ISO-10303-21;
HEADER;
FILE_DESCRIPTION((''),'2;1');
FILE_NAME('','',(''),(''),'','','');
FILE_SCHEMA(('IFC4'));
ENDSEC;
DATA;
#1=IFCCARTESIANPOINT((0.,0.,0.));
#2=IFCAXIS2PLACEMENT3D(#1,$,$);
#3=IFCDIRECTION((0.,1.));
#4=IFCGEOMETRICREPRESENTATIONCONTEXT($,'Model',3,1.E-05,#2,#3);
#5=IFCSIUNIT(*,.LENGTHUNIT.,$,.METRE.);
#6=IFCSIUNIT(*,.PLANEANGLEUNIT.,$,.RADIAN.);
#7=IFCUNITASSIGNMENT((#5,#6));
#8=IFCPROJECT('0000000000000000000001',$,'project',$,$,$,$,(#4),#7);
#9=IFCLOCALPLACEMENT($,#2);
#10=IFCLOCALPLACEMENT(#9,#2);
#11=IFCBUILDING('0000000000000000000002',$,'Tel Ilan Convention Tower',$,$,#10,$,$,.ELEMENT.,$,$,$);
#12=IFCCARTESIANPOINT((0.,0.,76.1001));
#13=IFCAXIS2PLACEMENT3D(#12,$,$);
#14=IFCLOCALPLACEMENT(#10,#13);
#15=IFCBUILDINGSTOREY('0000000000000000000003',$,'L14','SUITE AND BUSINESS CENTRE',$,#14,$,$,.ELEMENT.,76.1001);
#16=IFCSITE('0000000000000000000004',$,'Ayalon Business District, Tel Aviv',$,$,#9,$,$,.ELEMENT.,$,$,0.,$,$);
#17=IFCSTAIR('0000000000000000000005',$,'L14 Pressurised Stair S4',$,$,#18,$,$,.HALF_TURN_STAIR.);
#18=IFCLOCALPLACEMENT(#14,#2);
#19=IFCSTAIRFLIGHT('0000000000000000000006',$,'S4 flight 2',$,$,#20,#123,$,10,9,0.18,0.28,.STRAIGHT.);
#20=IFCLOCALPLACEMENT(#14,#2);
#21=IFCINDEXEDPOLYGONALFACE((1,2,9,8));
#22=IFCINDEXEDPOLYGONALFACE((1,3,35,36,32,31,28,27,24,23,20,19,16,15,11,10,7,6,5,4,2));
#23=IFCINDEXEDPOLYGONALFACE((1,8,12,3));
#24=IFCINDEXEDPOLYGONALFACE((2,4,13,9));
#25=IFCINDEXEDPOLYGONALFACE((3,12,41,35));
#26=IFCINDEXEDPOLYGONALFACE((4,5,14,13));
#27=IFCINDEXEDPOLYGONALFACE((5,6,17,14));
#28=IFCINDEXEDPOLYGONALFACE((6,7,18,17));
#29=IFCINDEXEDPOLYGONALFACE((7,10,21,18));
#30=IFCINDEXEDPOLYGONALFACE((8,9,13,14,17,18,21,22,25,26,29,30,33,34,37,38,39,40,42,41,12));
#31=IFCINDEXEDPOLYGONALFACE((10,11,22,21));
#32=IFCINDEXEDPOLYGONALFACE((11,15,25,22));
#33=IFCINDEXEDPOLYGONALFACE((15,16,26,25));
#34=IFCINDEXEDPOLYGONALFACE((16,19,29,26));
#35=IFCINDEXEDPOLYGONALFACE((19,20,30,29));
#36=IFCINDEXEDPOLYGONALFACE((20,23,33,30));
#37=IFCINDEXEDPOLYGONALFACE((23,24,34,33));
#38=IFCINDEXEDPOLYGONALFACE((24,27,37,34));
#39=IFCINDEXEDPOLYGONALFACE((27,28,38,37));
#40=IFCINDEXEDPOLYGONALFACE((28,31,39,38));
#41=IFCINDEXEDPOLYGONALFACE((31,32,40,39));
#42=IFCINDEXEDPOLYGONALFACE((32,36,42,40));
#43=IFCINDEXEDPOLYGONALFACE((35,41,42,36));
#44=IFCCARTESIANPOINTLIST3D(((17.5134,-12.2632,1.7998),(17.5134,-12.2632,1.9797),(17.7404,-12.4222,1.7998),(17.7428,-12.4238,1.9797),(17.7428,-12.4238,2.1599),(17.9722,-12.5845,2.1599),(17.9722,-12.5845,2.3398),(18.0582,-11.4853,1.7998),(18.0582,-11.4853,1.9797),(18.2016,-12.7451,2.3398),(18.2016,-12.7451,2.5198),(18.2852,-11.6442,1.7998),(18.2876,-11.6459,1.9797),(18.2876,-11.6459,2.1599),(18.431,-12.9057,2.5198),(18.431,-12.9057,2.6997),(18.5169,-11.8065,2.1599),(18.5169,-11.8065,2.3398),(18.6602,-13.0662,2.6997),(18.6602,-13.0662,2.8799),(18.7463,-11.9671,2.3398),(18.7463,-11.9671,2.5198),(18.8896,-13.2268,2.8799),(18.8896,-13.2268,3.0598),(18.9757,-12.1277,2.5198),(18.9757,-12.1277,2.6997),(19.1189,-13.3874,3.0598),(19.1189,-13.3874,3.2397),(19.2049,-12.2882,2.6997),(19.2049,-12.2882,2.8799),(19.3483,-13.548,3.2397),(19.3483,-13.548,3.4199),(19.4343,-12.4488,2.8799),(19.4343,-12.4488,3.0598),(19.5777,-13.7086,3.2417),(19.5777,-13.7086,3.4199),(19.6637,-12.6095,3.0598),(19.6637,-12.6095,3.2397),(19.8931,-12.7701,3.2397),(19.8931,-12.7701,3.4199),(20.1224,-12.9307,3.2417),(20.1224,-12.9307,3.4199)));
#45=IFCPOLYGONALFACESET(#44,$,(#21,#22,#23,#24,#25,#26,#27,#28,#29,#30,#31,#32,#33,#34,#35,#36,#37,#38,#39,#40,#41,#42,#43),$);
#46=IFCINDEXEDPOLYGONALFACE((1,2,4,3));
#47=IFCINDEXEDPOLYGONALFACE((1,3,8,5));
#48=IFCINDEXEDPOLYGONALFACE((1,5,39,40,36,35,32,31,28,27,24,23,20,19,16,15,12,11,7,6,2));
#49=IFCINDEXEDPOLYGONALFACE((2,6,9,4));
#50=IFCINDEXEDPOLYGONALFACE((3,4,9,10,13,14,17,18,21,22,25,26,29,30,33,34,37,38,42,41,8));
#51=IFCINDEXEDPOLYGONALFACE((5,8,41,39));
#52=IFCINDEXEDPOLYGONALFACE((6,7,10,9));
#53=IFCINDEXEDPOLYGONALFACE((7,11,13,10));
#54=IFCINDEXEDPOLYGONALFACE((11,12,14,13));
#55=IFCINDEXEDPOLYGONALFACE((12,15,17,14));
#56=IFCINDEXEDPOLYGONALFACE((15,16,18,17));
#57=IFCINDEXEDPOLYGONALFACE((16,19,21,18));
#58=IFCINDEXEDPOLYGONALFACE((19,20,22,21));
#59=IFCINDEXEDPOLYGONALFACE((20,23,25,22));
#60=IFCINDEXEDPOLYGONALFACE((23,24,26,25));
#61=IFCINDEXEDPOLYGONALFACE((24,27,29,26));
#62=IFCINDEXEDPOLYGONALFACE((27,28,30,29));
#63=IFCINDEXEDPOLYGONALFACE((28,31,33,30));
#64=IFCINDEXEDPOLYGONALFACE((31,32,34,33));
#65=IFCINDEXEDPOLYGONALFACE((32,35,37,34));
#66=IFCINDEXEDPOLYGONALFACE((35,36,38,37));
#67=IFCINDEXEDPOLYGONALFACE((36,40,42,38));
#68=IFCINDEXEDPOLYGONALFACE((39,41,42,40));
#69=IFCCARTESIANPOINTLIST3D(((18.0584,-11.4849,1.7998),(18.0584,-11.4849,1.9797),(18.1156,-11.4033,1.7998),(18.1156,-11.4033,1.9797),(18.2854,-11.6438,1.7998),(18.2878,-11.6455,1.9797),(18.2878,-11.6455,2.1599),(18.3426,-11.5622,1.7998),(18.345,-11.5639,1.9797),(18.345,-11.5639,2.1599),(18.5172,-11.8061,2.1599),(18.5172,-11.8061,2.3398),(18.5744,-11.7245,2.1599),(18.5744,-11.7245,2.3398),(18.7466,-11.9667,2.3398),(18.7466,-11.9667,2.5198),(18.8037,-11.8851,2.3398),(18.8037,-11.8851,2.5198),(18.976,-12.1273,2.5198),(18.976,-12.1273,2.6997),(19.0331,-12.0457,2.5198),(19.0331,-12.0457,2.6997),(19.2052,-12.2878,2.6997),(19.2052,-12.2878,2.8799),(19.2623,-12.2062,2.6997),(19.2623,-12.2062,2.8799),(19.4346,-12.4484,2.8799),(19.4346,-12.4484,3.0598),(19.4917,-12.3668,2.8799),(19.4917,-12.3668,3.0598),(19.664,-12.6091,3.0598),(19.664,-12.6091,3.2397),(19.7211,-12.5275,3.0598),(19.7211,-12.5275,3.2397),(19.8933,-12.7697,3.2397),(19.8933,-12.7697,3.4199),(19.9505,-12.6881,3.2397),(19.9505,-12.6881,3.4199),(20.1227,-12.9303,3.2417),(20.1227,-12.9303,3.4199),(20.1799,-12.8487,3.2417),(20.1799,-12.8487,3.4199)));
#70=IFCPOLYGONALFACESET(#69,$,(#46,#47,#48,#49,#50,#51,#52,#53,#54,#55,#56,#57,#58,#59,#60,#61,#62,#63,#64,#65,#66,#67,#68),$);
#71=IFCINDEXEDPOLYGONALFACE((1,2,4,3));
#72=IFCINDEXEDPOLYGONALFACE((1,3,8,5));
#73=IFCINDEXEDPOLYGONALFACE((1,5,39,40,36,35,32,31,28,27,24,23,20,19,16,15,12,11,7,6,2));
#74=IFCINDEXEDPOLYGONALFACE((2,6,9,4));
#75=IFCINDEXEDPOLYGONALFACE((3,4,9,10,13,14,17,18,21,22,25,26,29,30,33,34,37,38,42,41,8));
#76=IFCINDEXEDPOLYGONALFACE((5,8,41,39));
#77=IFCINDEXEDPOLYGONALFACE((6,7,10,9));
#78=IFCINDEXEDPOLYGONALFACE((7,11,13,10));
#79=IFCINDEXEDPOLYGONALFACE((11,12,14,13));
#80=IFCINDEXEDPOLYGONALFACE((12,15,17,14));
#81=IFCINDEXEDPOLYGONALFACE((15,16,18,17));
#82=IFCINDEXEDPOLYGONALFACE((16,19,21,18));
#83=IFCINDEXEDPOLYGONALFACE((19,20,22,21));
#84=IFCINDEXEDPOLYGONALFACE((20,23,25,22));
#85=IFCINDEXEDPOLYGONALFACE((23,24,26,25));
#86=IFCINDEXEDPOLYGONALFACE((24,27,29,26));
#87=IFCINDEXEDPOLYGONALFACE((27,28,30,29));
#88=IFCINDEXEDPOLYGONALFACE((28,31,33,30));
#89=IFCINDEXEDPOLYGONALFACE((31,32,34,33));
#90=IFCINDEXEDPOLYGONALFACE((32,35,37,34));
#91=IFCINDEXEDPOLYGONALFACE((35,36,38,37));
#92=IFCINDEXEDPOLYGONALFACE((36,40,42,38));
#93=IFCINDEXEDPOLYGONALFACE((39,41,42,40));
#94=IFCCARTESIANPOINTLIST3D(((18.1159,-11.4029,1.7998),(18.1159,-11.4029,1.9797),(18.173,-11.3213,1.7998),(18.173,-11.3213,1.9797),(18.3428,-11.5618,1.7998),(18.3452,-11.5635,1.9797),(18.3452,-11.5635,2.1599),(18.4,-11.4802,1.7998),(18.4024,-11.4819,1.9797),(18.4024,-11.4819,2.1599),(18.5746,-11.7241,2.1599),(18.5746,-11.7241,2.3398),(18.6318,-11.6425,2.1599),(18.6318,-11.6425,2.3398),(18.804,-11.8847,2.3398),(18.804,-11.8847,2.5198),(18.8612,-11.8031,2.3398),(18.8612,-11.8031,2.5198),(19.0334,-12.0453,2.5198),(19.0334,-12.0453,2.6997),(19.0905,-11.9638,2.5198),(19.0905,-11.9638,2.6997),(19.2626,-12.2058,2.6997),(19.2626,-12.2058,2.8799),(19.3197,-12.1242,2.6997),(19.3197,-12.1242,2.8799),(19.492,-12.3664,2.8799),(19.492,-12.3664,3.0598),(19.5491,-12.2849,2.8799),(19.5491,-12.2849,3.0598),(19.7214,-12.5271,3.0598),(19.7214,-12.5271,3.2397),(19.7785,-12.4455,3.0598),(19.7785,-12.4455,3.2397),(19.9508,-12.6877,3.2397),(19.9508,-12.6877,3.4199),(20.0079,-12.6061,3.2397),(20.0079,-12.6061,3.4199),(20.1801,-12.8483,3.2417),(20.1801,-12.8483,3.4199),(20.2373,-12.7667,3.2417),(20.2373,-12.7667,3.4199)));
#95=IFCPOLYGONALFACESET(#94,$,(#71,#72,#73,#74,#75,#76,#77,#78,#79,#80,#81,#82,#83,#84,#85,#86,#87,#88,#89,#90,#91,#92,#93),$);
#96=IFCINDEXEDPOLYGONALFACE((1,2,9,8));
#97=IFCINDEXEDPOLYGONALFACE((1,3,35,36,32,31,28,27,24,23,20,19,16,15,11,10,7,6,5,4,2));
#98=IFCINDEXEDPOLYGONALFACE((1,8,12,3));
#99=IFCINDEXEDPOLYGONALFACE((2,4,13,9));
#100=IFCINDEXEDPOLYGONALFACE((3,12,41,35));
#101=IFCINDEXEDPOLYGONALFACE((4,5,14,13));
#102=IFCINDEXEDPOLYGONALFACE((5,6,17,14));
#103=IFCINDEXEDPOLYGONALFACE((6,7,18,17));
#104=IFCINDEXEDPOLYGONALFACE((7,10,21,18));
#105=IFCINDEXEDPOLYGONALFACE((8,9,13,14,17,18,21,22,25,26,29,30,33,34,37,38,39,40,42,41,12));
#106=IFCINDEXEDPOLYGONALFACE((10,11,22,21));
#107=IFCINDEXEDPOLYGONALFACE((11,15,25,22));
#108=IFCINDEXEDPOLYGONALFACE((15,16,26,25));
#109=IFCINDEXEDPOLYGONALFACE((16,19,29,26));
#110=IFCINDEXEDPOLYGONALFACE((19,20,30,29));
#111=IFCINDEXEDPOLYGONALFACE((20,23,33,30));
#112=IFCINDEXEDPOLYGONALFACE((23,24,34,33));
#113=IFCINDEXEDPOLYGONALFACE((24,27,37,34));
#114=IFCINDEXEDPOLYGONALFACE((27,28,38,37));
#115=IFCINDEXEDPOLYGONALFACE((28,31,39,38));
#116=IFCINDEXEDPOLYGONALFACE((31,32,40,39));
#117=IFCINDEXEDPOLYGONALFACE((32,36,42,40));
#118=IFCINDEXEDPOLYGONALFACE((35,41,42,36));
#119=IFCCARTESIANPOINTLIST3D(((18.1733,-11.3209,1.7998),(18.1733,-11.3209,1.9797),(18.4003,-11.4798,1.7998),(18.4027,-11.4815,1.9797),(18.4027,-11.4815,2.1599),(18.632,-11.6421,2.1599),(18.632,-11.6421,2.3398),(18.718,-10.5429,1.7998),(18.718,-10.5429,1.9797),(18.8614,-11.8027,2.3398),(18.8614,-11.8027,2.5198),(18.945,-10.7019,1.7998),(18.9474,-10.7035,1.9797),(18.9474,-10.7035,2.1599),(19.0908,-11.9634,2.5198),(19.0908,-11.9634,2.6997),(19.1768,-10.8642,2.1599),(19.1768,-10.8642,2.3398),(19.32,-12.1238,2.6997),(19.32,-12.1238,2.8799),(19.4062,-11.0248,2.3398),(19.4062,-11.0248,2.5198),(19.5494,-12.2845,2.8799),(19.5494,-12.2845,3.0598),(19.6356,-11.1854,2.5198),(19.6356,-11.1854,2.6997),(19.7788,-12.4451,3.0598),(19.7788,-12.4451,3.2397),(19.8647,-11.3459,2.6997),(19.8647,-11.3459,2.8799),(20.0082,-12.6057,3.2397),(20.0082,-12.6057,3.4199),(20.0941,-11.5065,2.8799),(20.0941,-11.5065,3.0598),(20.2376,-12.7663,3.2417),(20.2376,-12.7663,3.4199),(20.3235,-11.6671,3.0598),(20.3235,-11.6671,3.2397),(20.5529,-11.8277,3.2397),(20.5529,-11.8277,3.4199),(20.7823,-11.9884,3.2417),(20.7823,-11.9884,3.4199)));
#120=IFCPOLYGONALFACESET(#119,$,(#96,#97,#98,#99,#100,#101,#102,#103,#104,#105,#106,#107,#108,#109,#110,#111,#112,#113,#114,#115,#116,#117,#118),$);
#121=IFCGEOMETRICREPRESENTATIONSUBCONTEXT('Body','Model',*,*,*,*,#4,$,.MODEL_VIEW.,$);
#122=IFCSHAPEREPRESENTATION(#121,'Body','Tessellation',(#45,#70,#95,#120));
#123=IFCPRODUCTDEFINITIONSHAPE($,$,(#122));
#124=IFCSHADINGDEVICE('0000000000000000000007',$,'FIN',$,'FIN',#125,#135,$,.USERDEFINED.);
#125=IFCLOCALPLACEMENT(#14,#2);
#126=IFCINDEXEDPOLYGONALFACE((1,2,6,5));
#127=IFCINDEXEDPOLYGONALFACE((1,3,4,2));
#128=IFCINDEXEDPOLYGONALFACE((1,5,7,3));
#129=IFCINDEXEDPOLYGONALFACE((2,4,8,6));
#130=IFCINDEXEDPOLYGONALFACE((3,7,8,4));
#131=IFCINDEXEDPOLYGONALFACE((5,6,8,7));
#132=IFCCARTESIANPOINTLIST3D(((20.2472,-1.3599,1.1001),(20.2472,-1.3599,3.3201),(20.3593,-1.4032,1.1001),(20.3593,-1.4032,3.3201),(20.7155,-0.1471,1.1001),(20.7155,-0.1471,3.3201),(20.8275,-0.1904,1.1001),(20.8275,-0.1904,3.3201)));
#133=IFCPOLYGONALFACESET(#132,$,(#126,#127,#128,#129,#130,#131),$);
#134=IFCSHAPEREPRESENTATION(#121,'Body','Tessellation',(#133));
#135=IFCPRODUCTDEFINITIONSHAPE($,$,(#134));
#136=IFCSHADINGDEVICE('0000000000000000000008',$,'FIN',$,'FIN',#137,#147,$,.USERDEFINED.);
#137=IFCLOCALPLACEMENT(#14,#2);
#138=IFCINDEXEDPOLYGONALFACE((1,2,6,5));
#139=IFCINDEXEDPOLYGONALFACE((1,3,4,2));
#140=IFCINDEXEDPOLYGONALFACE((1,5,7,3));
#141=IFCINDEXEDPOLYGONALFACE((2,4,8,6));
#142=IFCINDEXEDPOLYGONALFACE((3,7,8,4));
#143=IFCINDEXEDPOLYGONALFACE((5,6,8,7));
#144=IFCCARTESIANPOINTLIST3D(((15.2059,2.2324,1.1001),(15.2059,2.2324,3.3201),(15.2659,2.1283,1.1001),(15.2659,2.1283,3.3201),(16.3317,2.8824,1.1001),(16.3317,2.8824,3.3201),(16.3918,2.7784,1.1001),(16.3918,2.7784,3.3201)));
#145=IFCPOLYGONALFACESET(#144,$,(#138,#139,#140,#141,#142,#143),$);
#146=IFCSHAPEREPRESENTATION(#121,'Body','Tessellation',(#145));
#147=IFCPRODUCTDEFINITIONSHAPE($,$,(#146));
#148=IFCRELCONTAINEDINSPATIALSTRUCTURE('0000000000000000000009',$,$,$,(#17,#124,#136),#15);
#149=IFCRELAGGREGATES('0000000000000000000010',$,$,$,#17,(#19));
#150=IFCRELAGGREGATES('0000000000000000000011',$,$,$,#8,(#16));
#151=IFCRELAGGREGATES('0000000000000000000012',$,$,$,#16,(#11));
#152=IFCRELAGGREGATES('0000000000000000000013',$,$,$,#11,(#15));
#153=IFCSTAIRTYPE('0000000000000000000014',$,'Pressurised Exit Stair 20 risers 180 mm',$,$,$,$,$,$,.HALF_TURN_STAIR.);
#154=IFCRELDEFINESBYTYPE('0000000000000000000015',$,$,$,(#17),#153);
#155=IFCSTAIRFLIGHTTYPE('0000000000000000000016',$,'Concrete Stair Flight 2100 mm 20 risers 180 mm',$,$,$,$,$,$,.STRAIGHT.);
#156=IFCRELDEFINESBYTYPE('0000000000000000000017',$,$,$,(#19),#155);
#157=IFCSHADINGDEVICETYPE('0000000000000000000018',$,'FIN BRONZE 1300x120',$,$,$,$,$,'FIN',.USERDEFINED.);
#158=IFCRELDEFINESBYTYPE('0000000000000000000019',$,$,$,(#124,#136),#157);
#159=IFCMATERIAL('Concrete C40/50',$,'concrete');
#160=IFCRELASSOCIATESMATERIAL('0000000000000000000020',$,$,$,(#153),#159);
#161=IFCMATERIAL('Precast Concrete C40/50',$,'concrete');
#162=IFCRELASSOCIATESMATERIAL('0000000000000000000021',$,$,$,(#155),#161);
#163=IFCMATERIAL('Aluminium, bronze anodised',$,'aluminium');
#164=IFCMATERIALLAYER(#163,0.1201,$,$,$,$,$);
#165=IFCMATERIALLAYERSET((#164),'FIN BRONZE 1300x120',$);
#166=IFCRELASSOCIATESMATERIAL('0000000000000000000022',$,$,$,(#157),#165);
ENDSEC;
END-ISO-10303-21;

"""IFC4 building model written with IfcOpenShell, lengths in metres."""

from ifc_helpers import new_model, si_unit, direction, frame, origin, origin_2d, place, context, subcontext, project, spatial, polyline, rectangle, outline, extrude, material, layer, layer_set, type_object, element, aggregate, save


model = new_model("IFC4")

# Units and contexts
model_context = context("Model", 3, precision=1e-05, world=origin(), true_north=direction((0.0, 1.0)))
body_context = subcontext(model_context, "Body", "Model", "MODEL_VIEW")
ifc_project = project(units=[si_unit("LENGTHUNIT", "METRE"), si_unit("PLANEANGLEUNIT", "RADIAN")], contexts=[model_context])

# Site, building, storey
site_placement = place(None, origin())
site = spatial("IfcSite", under=ifc_project, at=site_placement, Name="Ayalon Business District, Tel Aviv", CompositionType="ELEMENT", RefElevation=0.0)
building_placement = place(site_placement, origin())
building = spatial("IfcBuilding", under=site, at=building_placement, Name="Tel Ilan Convention Tower", CompositionType="ELEMENT")
storey_placement = place(building_placement, frame((0.0, 0.0, 76.1001)))
storey = spatial("IfcBuildingStorey", under=building, at=storey_placement, Name="L14", Description="SUITE AND BUSINESS CENTRE", CompositionType="ELEMENT", Elevation=76.1001)

# Shared definitions
ifc_material_1 = material(Name="Concrete C40/50", Category="concrete")
stair_type = type_object("IfcStairType", Name="Pressurised Exit Stair 20 risers 180 mm", PredefinedType="HALF_TURN_STAIR", material=ifc_material_1)
ifc_material_2 = material(Name="Precast Concrete C40/50", Category="concrete")
stair_flight_type = type_object("IfcStairFlightType", Name="Concrete Stair Flight 2100 mm 20 risers 180 mm", PredefinedType="STRAIGHT", material=ifc_material_2)

# Stair, stair flight
stair_1_placement = place(storey_placement, origin())
stair_1 = element("IfcStair", 1, at=stair_1_placement, inside=storey, type_object=stair_type, Name="L14 Pressurised Stair S4", PredefinedType="HALF_TURN_STAIR")
stair_flight_1_placement = place(storey_placement, frame((18.1157, -11.4031, 1.7998), z_axis=(0.0, 0.0, 1.0), x_axis=(0.819152, -0.573576, 0.0)))
stair_flight_1 = element("IfcStairFlight", 2, at=stair_flight_1_placement, type_object=stair_flight_type, Name="S4 flight 2", NumberOfRisers=10, NumberOfTreads=9, PredefinedType="STRAIGHT", RiserHeight=0.18, TreadLength=0.28, context=body_context, shape_type="SweptSolid", body=[
    extrude(outline(polyline([(0.0, 0.0), (0.0, 0.1799), (0.28, 0.1799), (0.28, 0.3601), (0.5601, 0.3601), (0.5601, 0.54), (0.8401, 0.54), (0.8401, 0.72), (1.1201, 0.72), (1.1201, 0.8999), (1.3999, 0.8999), (1.3999, 1.0801), (1.6799, 1.0801), (1.6799, 1.26), (1.96, 1.26), (1.96, 1.4399), (2.24, 1.4399), (2.24, 1.6201), (2.52, 1.6201), (2.52, 1.8), (2.52, 1.4419), (0.2771, 0.0), (0.0, 0.0)])), frame((0.0, -0.1003, 0.0), z_axis=(0.0, -1.0, 0.0), x_axis=(1.0, 0.0, 0.0)), (0.0, 0.0, 1.0), 0.9497),
    extrude(outline(polyline([(0.0, 0.0), (0.0, 0.1799), (0.28, 0.1799), (0.28, 0.3601), (0.5601, 0.3601), (0.5601, 0.54), (0.8401, 0.54), (0.8401, 0.72), (1.1201, 0.72), (1.1201, 0.8999), (1.3999, 0.8999), (1.3999, 1.0801), (1.6799, 1.0801), (1.6799, 1.26), (1.96, 1.26), (1.96, 1.4399), (2.24, 1.4399), (2.24, 1.6201), (2.52, 1.6201), (2.52, 1.8), (2.52, 1.4419), (0.2771, 0.0), (0.0, 0.0)])), frame((0.0, -0.0002, 0.0), z_axis=(0.0, -1.0, 0.0), x_axis=(1.0, 0.0, 0.0)), (0.0, 0.0, 1.0), 0.0996),
    extrude(outline(polyline([(0.0, 0.0), (0.0, 0.1799), (0.28, 0.1799), (0.28, 0.3601), (0.5601, 0.3601), (0.5601, 0.54), (0.8401, 0.54), (0.8401, 0.72), (1.1201, 0.72), (1.1201, 0.8999), (1.3999, 0.8999), (1.3999, 1.0801), (1.6799, 1.0801), (1.6799, 1.26), (1.96, 1.26), (1.96, 1.4399), (2.24, 1.4399), (2.24, 1.6201), (2.52, 1.6201), (2.52, 1.8), (2.52, 1.4419), (0.2771, 0.0), (0.0, 0.0)])), frame((0.0, 0.0999, 0.0), z_axis=(0.0, -1.0, 0.0), x_axis=(1.0, 0.0, 0.0)), (0.0, 0.0, 1.0), 0.0996),
    extrude(outline(polyline([(0.0, 0.0), (0.0, 0.1799), (0.28, 0.1799), (0.28, 0.3601), (0.5601, 0.3601), (0.5601, 0.54), (0.8401, 0.54), (0.8401, 0.72), (1.1201, 0.72), (1.1201, 0.8999), (1.3999, 0.8999), (1.3999, 1.0801), (1.6799, 1.0801), (1.6799, 1.26), (1.96, 1.26), (1.96, 1.4399), (2.24, 1.4399), (2.24, 1.6201), (2.52, 1.6201), (2.52, 1.8), (2.52, 1.4419), (0.2771, 0.0), (0.0, 0.0)])), frame((0.0, 1.05, 0.0), z_axis=(0.0, -1.0, 0.0), x_axis=(1.0, 0.0, 0.0)), (0.0, 0.0, 1.0), 0.9497),
])
aggregate(stair_1, [stair_flight_1])

# Shading devices
ifc_material_3 = material(Name="Aluminium, bronze anodised", Category="aluminium")
ifc_layer_1 = layer(ifc_material_3, 0.1201)
ifc_layer_set_1 = layer_set([ifc_layer_1], Name="FIN BRONZE 1300x120")
shading_device_type = type_object("IfcShadingDeviceType", Name="FIN BRONZE 1300x120", ElementType="FIN", PredefinedType="USERDEFINED", material=ifc_layer_set_1)
for number, where, z_axis, x_axis, name in (
    (3, (20.5374, -0.7751, 1.1001), (0.0, 0.0, 1.0), (0.360178, 0.932884, 0.0), "FIN"),
    (4, (15.7988, 2.5054, 1.1001), (0.0, 0.0, 1.0), (0.866025, 0.5, 0.0), "FIN"),
):
    element("IfcShadingDevice", number, at=place(storey_placement, frame(where, z_axis=z_axis, x_axis=x_axis)), inside=storey, type_object=shading_device_type, Name=name, ObjectType="FIN", PredefinedType="USERDEFINED", context=body_context, shape_type="SweptSolid", body=[
        extrude(rectangle(XDim=1.3, YDim=0.1201, at=origin_2d()), origin(), (0.0, 0.0, 1.0), 2.22),
    ])

save(model, "model.ifc")
